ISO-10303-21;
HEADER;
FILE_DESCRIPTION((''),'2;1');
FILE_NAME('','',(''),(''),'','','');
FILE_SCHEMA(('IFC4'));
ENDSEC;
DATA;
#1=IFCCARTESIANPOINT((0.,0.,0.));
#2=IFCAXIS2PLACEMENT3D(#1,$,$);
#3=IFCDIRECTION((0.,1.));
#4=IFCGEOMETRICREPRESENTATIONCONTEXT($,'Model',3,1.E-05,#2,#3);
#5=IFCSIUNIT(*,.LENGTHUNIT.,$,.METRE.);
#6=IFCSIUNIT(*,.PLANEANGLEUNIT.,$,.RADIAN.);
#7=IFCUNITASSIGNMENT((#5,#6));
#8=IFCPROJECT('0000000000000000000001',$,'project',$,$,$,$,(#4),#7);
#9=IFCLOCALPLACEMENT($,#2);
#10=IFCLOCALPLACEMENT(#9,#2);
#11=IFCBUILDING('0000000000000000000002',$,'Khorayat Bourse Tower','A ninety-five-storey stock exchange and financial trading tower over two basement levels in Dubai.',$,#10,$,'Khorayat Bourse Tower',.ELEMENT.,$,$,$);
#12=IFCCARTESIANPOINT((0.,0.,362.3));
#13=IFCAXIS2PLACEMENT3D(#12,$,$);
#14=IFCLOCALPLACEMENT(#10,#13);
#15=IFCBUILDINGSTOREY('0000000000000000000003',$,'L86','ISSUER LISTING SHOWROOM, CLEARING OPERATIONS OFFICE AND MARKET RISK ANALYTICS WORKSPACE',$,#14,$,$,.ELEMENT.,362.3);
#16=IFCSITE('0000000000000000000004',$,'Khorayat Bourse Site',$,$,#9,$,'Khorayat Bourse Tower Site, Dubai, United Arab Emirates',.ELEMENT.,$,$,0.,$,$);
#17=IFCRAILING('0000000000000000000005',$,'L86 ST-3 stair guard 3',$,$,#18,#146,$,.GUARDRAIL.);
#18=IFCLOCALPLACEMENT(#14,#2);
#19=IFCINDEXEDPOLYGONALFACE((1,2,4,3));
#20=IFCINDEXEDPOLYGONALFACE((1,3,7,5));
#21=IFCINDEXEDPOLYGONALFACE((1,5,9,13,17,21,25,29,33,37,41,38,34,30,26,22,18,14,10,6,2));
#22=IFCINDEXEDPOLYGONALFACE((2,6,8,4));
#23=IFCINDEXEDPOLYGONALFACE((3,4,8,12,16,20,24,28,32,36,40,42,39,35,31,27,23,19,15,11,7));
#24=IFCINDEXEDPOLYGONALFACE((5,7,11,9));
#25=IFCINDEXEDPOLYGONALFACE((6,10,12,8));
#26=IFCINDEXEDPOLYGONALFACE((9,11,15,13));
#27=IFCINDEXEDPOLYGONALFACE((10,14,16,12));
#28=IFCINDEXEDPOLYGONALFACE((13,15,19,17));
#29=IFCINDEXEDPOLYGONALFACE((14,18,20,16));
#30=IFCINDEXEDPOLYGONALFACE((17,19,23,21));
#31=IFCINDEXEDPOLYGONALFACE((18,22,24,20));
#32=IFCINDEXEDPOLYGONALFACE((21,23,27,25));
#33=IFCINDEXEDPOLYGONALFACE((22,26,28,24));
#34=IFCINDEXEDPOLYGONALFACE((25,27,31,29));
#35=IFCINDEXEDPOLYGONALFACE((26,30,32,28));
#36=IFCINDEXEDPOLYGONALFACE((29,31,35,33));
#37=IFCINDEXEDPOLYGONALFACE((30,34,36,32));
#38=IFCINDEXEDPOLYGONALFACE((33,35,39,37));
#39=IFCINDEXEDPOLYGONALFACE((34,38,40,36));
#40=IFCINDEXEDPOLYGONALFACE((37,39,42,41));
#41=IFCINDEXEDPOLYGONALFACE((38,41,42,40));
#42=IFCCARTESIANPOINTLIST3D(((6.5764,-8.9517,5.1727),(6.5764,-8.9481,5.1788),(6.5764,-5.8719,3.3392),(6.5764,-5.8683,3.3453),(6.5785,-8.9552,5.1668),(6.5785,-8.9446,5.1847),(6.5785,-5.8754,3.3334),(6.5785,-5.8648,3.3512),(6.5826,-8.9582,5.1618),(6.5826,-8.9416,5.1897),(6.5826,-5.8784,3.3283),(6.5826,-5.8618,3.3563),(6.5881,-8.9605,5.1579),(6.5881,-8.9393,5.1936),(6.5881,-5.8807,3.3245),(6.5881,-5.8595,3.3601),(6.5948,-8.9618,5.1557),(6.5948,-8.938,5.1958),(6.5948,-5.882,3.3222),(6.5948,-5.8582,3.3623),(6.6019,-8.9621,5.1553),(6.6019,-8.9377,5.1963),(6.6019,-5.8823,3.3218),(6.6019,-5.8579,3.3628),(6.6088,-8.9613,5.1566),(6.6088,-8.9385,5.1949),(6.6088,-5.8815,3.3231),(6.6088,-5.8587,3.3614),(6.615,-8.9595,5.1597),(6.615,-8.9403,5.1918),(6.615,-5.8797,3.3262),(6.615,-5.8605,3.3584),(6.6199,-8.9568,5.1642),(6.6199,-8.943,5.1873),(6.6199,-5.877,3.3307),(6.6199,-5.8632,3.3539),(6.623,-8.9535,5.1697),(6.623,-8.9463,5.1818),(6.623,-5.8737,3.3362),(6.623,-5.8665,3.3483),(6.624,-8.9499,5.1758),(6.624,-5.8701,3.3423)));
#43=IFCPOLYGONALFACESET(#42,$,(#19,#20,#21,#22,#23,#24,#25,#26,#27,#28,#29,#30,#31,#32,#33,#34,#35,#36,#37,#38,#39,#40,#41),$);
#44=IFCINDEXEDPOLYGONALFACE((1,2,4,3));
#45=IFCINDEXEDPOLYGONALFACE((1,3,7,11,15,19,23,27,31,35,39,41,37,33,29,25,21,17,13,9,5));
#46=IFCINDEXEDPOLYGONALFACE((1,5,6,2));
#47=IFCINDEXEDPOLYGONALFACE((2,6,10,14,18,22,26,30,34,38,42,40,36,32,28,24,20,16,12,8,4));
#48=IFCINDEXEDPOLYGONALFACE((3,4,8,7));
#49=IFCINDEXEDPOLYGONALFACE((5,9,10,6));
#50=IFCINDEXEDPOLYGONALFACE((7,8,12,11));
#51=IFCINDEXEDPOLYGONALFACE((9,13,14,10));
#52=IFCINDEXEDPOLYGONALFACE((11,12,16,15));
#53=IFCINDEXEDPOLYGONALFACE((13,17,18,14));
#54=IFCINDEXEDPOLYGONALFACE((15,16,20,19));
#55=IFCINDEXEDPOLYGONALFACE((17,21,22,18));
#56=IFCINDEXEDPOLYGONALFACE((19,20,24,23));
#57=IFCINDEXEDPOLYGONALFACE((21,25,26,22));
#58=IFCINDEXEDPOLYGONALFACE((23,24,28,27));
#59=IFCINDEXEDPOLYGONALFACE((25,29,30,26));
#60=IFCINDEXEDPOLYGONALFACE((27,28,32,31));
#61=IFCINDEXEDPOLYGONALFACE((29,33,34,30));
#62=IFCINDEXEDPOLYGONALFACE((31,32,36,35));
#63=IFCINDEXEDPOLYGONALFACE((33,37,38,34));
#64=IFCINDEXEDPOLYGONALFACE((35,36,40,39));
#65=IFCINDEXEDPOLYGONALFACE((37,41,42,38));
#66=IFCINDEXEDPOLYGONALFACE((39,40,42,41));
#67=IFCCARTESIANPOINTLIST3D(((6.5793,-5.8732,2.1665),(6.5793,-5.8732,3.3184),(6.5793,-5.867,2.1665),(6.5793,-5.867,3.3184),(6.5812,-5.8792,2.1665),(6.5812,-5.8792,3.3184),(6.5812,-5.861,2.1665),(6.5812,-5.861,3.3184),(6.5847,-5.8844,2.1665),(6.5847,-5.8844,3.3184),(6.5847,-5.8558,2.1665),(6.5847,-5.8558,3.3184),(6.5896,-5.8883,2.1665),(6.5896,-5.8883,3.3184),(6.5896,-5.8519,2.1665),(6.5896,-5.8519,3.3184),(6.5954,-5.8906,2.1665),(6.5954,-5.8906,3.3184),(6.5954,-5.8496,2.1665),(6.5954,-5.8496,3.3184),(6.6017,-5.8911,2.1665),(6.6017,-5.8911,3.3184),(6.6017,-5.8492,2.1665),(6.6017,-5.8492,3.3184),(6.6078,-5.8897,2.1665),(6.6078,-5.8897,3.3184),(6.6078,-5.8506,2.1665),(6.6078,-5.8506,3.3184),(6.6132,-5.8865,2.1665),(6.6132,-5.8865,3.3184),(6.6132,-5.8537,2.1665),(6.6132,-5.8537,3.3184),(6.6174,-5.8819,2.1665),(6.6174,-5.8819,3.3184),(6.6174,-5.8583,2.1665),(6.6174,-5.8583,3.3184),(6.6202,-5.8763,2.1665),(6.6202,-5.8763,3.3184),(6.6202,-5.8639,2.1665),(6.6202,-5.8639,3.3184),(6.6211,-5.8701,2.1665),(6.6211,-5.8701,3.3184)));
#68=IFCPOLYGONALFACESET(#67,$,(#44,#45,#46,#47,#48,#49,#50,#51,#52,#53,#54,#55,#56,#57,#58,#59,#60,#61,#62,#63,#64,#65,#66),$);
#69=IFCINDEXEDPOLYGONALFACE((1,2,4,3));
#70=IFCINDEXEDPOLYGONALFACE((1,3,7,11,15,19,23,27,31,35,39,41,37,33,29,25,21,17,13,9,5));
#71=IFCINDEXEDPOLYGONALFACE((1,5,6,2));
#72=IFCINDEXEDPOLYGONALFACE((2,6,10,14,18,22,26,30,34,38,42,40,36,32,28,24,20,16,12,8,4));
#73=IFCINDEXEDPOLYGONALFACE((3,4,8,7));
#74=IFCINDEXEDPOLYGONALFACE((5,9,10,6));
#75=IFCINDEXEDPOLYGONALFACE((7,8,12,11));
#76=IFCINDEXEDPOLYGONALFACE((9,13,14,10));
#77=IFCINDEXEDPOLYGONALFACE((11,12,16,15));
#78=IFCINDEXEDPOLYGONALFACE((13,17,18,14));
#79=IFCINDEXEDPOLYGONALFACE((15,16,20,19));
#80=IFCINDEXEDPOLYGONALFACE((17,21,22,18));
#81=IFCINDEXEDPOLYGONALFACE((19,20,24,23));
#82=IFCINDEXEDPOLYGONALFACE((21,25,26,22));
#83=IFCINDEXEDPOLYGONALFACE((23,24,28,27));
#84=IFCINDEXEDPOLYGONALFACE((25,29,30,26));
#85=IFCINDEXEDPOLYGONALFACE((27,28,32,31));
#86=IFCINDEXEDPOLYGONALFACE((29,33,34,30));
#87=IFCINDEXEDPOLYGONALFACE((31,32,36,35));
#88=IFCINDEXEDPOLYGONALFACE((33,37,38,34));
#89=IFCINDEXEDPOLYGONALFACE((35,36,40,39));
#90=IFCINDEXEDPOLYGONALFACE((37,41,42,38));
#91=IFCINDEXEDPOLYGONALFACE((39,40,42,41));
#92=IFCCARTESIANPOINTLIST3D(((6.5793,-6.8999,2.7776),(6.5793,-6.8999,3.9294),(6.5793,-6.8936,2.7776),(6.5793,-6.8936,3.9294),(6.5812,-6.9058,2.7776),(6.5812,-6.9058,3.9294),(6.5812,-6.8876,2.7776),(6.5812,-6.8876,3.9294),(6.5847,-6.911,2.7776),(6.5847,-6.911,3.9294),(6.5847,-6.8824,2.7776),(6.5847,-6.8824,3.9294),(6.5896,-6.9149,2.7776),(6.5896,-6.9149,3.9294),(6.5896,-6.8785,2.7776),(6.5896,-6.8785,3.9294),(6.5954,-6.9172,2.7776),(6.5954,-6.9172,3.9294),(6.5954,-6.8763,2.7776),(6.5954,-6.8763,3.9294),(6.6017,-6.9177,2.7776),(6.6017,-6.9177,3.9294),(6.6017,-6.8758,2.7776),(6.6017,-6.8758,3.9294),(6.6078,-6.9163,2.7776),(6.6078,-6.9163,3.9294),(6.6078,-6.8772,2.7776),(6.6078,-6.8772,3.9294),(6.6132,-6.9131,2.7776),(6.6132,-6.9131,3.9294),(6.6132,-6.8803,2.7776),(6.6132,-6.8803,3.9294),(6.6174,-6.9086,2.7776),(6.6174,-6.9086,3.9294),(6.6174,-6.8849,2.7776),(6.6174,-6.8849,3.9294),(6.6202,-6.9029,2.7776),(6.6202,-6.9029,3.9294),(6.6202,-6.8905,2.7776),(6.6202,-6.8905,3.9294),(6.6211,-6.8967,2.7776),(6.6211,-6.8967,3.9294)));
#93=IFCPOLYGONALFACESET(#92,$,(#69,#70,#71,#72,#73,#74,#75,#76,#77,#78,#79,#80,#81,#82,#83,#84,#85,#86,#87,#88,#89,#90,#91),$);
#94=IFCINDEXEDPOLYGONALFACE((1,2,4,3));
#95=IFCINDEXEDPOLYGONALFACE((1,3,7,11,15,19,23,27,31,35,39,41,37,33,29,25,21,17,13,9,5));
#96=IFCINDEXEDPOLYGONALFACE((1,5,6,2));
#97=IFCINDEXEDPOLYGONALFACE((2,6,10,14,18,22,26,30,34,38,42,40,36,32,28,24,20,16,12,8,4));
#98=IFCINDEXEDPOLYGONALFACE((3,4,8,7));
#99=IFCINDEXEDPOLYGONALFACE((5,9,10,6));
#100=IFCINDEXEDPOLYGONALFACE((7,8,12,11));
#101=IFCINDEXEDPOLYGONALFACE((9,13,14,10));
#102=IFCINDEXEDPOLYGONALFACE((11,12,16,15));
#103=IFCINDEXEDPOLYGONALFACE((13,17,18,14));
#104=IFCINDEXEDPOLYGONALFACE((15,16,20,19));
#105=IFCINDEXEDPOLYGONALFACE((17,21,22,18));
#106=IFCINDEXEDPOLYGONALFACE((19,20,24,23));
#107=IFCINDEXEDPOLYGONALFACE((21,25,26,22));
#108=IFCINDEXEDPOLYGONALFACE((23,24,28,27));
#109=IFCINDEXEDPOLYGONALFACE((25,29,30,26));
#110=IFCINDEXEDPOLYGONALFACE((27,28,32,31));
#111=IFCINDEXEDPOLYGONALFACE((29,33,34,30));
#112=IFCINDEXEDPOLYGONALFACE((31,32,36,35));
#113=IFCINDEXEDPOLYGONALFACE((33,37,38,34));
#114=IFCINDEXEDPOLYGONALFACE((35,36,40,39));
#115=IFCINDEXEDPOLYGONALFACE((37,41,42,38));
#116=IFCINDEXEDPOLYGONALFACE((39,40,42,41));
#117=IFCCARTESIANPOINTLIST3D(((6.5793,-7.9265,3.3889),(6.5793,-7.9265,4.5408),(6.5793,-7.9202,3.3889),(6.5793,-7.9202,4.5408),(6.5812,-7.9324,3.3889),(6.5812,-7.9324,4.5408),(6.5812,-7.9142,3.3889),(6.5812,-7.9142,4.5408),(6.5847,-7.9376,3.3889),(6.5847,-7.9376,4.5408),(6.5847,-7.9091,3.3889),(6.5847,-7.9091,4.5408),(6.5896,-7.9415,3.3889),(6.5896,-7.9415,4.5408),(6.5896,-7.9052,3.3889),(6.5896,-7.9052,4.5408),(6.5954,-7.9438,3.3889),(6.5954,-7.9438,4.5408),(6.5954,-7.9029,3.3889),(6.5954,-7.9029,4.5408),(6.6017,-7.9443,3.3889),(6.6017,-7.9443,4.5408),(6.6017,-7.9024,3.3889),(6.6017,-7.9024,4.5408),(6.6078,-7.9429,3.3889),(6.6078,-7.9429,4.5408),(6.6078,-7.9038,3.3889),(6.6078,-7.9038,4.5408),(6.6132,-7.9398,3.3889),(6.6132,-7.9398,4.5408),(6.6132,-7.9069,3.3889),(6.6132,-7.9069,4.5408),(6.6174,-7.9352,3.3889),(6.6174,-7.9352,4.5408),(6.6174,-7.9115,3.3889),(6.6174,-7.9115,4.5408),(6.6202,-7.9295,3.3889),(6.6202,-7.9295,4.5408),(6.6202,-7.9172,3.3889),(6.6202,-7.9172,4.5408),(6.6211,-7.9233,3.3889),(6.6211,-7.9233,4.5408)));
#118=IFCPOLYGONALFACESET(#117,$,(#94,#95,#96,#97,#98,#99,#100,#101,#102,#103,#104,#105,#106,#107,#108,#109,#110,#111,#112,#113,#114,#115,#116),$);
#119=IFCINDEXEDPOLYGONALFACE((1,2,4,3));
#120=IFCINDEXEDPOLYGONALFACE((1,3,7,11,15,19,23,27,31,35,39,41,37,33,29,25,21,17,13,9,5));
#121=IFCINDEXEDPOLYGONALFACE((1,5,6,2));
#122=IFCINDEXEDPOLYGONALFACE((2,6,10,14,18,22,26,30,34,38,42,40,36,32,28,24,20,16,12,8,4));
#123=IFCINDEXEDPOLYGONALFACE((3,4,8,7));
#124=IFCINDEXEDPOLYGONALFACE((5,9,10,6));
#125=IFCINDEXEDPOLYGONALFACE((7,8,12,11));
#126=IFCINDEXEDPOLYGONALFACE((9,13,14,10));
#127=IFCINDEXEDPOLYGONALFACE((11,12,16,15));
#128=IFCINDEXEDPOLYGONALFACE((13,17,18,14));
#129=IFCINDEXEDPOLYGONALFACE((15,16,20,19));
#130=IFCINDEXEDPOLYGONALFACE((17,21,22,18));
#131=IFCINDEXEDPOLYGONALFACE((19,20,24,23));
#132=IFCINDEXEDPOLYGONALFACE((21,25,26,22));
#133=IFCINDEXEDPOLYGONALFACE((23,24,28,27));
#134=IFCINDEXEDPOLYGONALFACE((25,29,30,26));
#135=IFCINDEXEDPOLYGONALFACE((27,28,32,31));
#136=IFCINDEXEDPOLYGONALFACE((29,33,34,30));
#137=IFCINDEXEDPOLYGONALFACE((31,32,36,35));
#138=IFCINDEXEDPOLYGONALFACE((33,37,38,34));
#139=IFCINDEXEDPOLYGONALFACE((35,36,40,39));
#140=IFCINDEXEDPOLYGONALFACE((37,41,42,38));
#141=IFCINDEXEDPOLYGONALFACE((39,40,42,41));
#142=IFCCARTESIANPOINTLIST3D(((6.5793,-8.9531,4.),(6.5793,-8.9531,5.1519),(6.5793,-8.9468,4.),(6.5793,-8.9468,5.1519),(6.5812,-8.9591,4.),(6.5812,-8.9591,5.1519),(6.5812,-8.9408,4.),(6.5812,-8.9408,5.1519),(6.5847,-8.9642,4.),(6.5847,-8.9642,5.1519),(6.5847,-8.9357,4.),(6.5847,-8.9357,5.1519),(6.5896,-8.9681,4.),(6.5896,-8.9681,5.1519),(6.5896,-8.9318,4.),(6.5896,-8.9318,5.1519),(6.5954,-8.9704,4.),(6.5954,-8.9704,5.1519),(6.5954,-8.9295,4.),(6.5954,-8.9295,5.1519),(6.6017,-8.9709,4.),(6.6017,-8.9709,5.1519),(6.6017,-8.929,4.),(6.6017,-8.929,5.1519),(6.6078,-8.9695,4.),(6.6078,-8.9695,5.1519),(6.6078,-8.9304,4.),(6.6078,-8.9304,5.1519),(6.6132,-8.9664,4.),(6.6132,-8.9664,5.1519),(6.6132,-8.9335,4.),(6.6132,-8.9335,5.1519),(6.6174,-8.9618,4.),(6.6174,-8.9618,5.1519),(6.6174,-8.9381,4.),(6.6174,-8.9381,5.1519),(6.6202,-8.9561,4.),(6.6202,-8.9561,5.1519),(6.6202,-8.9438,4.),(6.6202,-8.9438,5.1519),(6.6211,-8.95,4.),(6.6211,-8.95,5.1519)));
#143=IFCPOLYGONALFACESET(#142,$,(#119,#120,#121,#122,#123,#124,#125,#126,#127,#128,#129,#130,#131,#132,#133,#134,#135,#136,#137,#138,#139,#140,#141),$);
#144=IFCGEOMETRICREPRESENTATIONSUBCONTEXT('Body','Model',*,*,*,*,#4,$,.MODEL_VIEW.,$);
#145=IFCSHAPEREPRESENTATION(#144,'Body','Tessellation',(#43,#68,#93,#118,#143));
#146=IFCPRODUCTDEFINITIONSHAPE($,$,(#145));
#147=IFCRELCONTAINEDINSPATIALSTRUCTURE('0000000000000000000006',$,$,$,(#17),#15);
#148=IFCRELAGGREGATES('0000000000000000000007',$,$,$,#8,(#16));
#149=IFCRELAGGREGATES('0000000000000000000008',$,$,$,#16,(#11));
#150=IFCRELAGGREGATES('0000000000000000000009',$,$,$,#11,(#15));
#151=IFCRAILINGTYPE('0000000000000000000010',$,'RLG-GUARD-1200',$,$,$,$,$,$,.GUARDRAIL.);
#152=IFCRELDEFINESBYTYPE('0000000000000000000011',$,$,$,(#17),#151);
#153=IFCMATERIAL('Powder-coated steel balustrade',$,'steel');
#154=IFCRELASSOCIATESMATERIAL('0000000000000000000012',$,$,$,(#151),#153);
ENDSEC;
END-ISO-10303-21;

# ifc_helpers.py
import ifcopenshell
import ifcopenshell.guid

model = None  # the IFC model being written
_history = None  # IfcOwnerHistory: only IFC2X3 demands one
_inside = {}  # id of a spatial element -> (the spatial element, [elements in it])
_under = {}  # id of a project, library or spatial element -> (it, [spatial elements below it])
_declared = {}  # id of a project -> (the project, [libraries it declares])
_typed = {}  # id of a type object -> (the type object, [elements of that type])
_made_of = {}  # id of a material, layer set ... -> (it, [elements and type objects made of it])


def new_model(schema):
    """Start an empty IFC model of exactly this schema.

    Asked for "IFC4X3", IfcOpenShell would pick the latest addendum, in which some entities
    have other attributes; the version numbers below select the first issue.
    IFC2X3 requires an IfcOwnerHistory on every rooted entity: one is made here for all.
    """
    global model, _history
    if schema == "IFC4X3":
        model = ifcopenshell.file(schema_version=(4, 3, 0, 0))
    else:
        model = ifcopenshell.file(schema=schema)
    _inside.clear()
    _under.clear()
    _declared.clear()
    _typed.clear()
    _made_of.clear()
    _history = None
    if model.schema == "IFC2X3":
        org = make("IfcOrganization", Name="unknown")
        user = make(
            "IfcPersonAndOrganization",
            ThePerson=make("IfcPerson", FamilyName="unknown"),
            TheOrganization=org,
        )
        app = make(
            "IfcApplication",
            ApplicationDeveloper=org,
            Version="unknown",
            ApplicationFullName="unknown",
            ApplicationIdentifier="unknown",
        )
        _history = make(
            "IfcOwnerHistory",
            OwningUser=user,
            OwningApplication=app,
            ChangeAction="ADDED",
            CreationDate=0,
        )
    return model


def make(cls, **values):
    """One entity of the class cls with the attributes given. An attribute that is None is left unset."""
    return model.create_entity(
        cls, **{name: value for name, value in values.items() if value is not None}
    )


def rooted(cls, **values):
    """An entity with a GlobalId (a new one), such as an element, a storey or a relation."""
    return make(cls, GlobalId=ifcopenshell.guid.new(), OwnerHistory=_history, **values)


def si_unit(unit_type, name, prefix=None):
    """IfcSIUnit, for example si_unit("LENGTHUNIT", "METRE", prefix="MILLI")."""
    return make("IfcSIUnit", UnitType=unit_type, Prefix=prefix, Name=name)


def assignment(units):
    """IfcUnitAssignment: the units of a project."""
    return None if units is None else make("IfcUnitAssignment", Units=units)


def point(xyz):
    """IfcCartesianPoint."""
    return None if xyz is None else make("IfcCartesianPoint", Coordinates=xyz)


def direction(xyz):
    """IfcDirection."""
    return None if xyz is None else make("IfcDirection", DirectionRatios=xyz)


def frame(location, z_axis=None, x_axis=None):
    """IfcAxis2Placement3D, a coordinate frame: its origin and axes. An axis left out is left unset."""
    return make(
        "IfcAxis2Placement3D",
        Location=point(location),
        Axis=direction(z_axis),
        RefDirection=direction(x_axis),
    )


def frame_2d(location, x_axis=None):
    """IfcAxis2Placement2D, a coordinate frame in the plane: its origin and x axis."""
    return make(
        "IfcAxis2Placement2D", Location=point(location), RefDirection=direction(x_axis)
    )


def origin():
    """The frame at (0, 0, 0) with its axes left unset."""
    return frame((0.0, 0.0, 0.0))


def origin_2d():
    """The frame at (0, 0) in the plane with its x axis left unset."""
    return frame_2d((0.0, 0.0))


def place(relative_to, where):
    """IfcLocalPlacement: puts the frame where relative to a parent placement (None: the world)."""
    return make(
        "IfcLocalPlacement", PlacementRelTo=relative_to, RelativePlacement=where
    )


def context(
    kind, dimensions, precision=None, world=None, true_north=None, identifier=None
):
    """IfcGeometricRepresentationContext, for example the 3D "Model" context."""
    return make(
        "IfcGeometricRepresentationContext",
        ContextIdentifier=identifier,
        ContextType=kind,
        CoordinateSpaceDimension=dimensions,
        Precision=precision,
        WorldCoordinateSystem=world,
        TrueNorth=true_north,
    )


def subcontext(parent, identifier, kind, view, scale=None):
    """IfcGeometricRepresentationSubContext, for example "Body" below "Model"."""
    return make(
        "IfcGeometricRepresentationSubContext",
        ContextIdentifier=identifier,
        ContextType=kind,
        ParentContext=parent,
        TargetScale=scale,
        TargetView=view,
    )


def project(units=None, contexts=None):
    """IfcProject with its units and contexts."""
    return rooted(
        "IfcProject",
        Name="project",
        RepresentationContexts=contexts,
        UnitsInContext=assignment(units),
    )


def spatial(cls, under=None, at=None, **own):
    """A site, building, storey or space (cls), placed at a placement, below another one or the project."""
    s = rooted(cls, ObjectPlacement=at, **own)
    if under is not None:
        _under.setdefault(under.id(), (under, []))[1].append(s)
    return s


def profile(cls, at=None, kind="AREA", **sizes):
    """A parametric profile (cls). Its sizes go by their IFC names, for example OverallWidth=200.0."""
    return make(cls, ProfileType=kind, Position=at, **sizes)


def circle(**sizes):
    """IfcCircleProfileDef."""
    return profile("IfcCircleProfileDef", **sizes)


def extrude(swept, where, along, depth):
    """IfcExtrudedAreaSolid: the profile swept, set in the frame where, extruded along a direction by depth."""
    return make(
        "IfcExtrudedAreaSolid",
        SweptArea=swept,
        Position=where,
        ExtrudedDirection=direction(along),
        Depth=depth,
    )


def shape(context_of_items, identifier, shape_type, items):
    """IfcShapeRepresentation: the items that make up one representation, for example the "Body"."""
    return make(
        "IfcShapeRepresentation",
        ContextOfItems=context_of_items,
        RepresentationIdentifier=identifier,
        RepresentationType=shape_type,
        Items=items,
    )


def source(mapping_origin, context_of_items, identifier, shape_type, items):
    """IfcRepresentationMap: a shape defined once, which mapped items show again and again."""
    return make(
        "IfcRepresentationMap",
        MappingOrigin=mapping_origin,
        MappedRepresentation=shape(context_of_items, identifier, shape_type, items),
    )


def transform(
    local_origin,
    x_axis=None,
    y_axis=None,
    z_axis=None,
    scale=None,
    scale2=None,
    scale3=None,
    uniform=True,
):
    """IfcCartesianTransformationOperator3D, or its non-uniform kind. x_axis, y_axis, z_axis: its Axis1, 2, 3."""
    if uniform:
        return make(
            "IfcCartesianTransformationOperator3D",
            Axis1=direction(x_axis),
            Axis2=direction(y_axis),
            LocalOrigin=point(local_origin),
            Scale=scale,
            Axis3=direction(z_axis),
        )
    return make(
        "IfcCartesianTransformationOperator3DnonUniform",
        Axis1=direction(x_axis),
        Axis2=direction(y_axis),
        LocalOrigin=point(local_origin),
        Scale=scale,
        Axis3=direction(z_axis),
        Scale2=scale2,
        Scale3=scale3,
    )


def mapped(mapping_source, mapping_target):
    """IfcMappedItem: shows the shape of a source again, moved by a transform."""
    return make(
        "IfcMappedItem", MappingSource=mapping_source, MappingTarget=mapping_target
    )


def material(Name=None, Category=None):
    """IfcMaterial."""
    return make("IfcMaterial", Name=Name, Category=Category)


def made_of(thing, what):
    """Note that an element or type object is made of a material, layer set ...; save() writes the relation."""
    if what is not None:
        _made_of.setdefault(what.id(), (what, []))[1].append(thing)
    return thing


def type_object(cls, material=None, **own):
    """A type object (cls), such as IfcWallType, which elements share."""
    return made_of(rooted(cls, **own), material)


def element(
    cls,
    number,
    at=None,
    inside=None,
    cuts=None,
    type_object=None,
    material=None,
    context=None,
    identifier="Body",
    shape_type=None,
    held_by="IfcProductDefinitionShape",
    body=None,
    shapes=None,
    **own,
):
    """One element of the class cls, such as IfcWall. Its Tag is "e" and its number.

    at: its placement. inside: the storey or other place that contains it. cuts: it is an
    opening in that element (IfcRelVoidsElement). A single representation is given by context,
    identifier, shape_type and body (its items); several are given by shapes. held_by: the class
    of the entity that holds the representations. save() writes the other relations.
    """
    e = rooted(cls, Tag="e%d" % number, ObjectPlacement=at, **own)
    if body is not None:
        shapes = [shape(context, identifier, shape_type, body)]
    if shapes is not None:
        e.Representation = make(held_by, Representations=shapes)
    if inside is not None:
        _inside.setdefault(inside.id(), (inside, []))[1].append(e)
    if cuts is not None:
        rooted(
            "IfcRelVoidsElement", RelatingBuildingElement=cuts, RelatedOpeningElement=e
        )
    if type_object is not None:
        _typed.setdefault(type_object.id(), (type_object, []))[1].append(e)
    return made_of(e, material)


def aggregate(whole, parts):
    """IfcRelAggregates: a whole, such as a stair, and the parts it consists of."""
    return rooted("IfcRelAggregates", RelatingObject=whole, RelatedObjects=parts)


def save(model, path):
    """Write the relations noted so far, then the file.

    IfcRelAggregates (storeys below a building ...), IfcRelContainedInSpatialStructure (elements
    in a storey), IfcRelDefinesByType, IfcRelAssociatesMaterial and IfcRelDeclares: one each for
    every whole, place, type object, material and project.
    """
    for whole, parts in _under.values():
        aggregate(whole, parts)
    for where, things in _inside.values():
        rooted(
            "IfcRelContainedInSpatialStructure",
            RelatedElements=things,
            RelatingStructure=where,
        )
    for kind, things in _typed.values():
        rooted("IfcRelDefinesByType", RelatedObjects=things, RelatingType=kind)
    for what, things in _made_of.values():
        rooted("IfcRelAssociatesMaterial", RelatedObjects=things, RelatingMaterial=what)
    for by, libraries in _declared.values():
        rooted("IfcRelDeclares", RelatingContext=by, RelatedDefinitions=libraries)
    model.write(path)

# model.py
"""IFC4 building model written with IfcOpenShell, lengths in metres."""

from ifc_helpers import new_model, si_unit, direction, frame, origin, origin_2d, place, context, subcontext, project, spatial, circle, extrude, source, transform, mapped, material, type_object, element, save


model = new_model("IFC4")

# Units and contexts
model_context = context("Model", 3, precision=1e-05, world=origin(), true_north=direction((0.0, 1.0)))
body_context = subcontext(model_context, "Body", "Model", "MODEL_VIEW")
ifc_project = project(units=[si_unit("LENGTHUNIT", "METRE"), si_unit("PLANEANGLEUNIT", "RADIAN")], contexts=[model_context])

# Site, building, storey
site_placement = place(None, origin())
site = spatial("IfcSite", under=ifc_project, at=site_placement, Name="Khorayat Bourse Site", LongName="Khorayat Bourse Tower Site, Dubai, United Arab Emirates", CompositionType="ELEMENT", RefElevation=0.0)
building_placement = place(site_placement, origin())
building = spatial("IfcBuilding", under=site, at=building_placement, Name="Khorayat Bourse Tower", Description="A ninety-five-storey stock exchange and financial trading tower over two basement levels in Dubai.", LongName="Khorayat Bourse Tower", CompositionType="ELEMENT")
storey_placement = place(building_placement, frame((0.0, 0.0, 362.3)))
storey = spatial("IfcBuildingStorey", under=building, at=storey_placement, Name="L86", Description="ISSUER LISTING SHOWROOM, CLEARING OPERATIONS OFFICE AND MARKET RISK ANALYTICS WORKSPACE", CompositionType="ELEMENT", Elevation=362.3)

# Railing
ifc_material_1 = material(Name="Powder-coated steel balustrade", Category="steel")
railing_type_1 = type_object("IfcRailingType", Name="RLG-GUARD-1200", PredefinedType="GUARDRAIL", material=ifc_material_1)
shared_shape_1 = source(origin(), body_context, "Body", "SweptSolid", [
    extrude(circle(Radius=0.0239, at=origin_2d()), frame((0.0, 0.0, 1.1758), z_axis=(0.0, -0.859261, 0.511538), x_axis=(1.0, 0.0, 0.0)), (0.0, 0.0, 1.0), 3.5842),
    extrude(circle(Radius=0.021, at=origin_2d()), origin(), (0.0, 0.0, 1.0), 1.1519),
    extrude(circle(Radius=0.021, at=origin_2d()), frame((0.0, -1.0266, 0.6111)), (0.0, 0.0, 1.0), 1.1519),
    extrude(circle(Radius=0.021, at=origin_2d()), frame((0.0, -2.0532, 1.2224)), (0.0, 0.0, 1.0), 1.1519),
    extrude(circle(Radius=0.021, at=origin_2d()), frame((0.0, -3.0798, 1.8335)), (0.0, 0.0, 1.0), 1.1519),
])
railing_1_placement = place(storey_placement, frame((6.6001, -5.8701, 2.1665)))
element("IfcRailing", 1, at=railing_1_placement, inside=storey, type_object=railing_type_1, Name="L86 ST-3 stair guard 3", PredefinedType="GUARDRAIL", context=body_context, shape_type="MappedRepresentation", body=[
    mapped(shared_shape_1, transform((0.0, 0.0, 0.0), scale=1.0)),
])

save(model, "model.ifc")
